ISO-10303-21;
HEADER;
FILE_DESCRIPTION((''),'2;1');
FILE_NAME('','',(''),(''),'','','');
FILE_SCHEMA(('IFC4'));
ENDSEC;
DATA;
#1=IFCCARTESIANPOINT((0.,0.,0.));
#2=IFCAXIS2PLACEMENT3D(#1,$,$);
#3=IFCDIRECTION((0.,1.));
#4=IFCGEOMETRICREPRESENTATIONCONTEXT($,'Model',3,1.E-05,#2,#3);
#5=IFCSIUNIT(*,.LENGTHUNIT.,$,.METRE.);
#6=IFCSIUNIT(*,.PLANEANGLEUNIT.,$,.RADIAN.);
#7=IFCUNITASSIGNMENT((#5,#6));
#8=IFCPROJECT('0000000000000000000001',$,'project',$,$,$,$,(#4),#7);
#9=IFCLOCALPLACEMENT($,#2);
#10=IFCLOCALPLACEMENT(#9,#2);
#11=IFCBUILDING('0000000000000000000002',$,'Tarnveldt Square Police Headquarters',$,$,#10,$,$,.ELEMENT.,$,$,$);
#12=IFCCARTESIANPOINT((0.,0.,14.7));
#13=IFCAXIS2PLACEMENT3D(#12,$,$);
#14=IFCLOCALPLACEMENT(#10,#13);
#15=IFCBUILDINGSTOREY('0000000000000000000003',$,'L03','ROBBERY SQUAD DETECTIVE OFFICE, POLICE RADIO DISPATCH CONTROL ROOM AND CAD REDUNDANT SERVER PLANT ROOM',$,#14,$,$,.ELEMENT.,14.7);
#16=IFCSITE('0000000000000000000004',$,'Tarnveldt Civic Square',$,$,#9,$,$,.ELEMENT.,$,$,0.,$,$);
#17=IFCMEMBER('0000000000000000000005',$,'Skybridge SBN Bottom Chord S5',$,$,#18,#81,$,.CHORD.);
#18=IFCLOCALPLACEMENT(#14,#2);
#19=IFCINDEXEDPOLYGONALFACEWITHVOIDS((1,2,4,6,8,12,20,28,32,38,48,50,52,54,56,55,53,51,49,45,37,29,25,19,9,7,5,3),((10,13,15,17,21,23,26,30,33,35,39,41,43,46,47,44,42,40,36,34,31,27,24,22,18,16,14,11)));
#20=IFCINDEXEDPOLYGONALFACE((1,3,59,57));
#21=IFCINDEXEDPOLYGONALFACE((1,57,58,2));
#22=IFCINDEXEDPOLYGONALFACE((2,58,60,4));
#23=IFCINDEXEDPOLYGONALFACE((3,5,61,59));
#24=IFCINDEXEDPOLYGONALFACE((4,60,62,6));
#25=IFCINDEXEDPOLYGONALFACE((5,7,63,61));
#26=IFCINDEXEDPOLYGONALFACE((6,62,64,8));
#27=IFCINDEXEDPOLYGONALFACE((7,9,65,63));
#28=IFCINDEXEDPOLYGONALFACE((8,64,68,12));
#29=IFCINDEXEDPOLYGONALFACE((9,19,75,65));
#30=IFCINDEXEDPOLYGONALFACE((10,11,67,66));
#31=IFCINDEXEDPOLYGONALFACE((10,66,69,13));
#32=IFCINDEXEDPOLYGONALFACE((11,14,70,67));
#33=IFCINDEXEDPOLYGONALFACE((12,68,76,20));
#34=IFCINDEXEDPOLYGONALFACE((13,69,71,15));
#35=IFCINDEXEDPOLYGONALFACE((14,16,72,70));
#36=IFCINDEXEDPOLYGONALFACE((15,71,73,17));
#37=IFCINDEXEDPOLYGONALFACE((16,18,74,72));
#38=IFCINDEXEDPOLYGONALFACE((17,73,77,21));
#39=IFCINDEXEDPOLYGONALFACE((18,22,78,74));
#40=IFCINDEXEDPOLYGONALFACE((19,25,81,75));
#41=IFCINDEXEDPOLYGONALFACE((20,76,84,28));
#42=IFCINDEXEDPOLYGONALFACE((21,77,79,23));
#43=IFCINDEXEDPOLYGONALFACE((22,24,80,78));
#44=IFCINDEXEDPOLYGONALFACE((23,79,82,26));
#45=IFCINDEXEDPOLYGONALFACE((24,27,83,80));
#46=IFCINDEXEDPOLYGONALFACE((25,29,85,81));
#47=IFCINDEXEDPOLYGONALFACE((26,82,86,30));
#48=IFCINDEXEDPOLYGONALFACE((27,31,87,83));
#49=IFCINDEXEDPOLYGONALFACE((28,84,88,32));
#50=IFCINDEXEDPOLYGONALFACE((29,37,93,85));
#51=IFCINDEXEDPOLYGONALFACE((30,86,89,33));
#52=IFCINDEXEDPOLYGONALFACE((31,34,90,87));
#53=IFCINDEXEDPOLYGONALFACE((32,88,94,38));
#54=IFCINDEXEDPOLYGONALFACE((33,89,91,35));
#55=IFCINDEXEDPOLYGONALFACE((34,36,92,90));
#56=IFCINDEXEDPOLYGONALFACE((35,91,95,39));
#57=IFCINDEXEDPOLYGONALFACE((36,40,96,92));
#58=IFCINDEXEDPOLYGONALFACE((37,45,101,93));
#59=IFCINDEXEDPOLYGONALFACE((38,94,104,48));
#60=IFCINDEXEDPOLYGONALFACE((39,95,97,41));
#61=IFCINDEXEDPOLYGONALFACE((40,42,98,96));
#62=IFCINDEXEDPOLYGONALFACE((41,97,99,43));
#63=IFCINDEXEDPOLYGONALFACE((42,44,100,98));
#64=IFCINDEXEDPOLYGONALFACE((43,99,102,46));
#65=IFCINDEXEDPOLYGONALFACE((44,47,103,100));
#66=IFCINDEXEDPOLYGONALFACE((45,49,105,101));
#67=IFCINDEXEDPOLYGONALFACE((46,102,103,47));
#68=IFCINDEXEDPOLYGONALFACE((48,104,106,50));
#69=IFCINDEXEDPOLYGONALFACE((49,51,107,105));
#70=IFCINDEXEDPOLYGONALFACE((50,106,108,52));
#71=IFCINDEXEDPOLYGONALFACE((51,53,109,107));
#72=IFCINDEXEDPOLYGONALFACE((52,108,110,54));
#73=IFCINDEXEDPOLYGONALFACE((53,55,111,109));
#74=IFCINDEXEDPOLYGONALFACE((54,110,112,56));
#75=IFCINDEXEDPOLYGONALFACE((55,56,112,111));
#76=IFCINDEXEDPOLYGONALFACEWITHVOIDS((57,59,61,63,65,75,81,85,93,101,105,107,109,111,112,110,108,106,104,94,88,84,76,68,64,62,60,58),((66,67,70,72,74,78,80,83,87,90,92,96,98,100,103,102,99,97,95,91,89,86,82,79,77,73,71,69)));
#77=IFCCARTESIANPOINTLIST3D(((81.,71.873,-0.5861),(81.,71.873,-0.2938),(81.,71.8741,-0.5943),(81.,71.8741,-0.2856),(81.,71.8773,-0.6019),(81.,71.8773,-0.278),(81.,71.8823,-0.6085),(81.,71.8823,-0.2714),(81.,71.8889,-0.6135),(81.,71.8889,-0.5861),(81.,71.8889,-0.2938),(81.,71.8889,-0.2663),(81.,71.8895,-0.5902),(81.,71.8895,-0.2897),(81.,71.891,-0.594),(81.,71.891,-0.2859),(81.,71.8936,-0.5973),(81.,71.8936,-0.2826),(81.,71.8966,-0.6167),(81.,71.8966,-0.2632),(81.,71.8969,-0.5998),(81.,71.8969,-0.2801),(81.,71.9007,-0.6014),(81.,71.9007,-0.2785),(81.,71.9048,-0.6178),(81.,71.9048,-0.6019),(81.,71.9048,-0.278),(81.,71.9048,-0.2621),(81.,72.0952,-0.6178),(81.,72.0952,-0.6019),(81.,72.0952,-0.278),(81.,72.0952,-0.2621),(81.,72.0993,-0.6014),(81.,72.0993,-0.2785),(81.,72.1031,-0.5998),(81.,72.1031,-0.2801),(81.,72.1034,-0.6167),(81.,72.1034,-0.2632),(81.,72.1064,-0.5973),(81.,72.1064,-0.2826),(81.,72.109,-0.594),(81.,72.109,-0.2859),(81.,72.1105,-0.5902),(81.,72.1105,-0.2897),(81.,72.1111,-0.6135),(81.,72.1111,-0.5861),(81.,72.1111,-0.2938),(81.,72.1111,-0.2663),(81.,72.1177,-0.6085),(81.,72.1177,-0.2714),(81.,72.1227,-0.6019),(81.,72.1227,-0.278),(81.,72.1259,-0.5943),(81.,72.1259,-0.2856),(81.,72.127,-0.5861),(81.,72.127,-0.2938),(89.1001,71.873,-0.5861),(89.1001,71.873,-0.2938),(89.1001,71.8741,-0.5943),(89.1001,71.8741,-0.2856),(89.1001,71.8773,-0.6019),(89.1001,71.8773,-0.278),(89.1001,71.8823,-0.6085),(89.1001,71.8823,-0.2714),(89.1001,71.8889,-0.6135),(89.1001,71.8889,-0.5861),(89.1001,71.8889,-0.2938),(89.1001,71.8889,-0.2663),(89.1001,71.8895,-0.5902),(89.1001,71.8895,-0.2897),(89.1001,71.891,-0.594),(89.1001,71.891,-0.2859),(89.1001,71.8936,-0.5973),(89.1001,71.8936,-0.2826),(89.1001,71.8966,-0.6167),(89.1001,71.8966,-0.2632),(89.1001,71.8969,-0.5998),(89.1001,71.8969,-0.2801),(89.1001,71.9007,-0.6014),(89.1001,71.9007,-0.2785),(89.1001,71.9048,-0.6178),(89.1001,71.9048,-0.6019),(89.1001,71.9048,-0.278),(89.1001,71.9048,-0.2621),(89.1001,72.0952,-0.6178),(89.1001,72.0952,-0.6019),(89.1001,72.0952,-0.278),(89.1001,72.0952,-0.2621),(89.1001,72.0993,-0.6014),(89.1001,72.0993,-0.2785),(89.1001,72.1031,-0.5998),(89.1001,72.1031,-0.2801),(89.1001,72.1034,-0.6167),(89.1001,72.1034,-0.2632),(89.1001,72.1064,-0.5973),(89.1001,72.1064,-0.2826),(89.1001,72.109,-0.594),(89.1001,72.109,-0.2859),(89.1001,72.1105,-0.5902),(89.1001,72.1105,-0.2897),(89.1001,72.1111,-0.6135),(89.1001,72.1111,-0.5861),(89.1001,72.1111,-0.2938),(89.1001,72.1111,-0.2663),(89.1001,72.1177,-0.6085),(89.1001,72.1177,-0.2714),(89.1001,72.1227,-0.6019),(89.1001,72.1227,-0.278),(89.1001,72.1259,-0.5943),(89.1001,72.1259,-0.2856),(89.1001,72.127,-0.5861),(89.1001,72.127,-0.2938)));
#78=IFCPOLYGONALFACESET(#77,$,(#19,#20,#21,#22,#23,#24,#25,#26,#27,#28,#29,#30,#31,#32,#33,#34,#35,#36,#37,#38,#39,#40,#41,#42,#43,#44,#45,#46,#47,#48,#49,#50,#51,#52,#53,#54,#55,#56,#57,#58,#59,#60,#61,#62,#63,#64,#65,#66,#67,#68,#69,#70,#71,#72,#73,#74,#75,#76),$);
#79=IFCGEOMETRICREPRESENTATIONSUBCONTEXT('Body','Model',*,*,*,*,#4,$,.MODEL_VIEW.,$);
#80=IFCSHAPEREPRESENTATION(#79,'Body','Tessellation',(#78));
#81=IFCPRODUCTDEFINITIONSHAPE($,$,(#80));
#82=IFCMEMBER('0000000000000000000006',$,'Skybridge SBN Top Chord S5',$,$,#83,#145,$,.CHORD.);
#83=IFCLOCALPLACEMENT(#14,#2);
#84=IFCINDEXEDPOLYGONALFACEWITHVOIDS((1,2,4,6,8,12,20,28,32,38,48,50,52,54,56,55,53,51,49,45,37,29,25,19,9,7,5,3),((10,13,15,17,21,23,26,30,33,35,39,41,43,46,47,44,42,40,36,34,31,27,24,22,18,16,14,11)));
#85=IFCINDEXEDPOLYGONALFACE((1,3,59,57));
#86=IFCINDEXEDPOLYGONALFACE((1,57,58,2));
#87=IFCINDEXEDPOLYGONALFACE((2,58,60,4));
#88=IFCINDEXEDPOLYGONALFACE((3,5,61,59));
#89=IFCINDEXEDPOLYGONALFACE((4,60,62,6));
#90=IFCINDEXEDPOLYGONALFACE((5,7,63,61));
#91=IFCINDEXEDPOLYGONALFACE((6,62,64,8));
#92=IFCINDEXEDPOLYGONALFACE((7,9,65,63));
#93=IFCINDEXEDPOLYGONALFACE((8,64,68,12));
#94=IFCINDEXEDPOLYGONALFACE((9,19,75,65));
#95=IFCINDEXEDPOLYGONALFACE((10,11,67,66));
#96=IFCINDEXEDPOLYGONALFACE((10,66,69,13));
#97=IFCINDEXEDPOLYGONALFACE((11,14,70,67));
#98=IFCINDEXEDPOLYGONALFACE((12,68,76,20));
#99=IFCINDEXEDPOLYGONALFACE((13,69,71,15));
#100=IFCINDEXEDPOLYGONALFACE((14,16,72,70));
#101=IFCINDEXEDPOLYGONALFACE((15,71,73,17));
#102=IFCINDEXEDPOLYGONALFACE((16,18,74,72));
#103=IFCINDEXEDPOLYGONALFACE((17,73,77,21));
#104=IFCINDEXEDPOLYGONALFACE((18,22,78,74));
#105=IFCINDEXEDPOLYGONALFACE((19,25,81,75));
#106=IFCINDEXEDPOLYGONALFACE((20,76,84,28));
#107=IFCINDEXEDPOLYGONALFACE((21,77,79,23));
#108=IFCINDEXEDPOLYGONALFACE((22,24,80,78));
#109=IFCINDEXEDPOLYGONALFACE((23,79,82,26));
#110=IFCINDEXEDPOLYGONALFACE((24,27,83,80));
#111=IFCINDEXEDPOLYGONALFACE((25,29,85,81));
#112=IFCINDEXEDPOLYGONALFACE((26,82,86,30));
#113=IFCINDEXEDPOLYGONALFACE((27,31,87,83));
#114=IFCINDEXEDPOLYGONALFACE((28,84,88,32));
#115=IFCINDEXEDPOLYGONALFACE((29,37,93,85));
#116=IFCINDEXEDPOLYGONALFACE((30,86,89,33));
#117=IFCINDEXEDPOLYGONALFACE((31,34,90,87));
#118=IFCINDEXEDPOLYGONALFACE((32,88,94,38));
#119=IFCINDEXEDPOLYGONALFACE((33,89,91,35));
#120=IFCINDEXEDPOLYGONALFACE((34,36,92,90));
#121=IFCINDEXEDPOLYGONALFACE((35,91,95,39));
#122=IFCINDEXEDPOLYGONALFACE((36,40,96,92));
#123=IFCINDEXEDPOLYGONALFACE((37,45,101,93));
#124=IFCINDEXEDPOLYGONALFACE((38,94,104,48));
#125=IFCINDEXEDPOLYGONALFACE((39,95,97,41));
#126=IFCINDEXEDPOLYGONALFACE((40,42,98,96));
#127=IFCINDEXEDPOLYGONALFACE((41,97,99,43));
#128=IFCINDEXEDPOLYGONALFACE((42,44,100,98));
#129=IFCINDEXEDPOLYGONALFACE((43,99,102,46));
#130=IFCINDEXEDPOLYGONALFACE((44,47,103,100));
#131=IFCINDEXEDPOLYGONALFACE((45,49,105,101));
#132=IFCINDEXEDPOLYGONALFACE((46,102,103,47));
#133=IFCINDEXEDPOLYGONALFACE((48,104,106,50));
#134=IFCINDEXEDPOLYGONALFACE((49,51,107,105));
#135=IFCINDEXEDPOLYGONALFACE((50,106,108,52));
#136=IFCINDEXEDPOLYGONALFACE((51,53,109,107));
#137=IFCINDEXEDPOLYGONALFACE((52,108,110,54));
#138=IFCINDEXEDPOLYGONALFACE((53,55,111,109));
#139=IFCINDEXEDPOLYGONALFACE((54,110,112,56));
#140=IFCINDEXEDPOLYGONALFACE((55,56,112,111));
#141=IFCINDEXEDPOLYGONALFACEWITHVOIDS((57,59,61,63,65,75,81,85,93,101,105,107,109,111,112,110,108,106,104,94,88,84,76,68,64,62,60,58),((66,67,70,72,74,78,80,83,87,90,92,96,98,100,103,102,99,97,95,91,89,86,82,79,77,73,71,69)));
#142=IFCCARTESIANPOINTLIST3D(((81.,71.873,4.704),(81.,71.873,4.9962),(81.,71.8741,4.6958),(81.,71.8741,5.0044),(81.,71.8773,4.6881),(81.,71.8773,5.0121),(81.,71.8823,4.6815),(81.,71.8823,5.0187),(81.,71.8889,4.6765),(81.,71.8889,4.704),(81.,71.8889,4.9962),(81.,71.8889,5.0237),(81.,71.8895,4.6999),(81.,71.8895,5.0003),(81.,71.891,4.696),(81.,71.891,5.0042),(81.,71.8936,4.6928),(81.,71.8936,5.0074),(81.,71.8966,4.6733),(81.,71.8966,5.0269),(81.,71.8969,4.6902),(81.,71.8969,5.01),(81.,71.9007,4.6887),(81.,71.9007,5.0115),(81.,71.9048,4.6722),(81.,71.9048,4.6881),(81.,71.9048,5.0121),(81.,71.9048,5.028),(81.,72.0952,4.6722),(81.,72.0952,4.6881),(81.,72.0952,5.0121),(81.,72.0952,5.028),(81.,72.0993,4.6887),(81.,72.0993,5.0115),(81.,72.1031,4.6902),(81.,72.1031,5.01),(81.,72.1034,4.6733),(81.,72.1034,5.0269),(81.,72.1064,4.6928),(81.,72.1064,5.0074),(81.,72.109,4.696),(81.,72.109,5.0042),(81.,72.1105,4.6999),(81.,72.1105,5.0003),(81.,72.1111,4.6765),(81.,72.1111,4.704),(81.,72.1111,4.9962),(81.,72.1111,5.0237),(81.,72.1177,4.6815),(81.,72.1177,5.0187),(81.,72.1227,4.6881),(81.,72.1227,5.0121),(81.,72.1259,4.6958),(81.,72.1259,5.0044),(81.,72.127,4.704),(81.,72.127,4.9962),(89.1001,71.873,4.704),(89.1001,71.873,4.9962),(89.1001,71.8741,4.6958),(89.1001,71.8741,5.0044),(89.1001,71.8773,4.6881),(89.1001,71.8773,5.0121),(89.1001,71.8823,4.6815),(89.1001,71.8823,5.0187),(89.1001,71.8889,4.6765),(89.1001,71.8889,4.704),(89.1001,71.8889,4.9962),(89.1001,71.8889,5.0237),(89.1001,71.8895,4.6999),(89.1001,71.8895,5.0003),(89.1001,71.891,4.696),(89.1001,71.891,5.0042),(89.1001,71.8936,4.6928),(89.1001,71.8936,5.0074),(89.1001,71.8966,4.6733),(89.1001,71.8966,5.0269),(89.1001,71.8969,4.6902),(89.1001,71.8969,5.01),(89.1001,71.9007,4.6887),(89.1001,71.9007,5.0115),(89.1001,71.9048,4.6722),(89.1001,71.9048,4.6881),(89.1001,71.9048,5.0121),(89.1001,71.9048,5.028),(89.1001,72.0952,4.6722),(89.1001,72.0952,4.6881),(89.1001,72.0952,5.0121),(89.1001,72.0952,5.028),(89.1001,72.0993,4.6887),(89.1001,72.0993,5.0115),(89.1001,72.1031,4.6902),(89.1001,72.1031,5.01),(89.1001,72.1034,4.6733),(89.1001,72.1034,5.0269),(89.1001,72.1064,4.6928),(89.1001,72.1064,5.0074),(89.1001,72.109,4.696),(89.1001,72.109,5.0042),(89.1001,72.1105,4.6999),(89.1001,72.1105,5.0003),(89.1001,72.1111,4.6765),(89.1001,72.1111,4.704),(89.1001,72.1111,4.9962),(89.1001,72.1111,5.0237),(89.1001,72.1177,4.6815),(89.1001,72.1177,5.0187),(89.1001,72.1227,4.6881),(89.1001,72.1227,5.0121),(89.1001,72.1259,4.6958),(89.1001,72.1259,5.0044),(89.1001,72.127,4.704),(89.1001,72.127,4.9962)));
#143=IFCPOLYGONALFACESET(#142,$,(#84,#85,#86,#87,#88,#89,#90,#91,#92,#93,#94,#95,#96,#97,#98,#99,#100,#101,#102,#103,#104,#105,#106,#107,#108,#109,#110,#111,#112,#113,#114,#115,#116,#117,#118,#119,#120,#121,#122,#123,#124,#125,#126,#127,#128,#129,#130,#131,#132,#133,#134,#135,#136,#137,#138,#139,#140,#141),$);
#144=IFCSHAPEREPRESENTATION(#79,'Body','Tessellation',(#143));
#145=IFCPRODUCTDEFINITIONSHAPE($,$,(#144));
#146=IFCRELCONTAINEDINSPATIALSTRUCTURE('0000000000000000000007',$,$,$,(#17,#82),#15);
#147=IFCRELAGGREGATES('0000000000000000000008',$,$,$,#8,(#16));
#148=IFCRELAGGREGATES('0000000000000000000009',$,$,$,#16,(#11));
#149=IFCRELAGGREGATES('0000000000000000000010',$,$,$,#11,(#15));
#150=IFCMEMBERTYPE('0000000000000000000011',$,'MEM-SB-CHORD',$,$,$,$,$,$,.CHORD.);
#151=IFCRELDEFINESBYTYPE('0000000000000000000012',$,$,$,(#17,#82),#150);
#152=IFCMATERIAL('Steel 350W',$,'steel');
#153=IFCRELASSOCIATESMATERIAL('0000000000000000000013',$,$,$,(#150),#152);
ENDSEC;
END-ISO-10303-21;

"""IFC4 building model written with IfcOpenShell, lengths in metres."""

from ifc_helpers import new_model, si_unit, direction, frame, origin, origin_2d, place, context, subcontext, project, spatial, hollow_rectangle, extrude, material, material_profile, profile_set, type_object, element, save


model = new_model("IFC4")

# Units and contexts
model_context = context("Model", 3, precision=1e-05, world=origin(), true_north=direction((0.0, 1.0)))
body_context = subcontext(model_context, "Body", "Model", "MODEL_VIEW")
ifc_project = project(units=[si_unit("LENGTHUNIT", "METRE"), si_unit("PLANEANGLEUNIT", "RADIAN")], contexts=[model_context])

# Site, building, storey
site_placement = place(None, origin())
site = spatial("IfcSite", under=ifc_project, at=site_placement, Name="Tarnveldt Civic Square", CompositionType="ELEMENT", RefElevation=0.0)
building_placement = place(site_placement, origin())
building = spatial("IfcBuilding", under=site, at=building_placement, Name="Tarnveldt Square Police Headquarters", CompositionType="ELEMENT")
storey_placement = place(building_placement, frame((0.0, 0.0, 14.7)))
storey = spatial("IfcBuildingStorey", under=building, at=storey_placement, Name="L03", Description="ROBBERY SQUAD DETECTIVE OFFICE, POLICE RADIO DISPATCH CONTROL ROOM AND CAD REDUNDANT SERVER PLANT ROOM", CompositionType="ELEMENT", Elevation=14.7)

# Shared definitions
ifc_material_1 = material(Name="Steel 350W", Category="steel")

# Members
ifc_material_profile_1 = material_profile(ifc_material_1, hollow_rectangle(XDim=0.2539, YDim=0.3557, WallThickness=0.0159, InnerFilletRadius=0.0159, OuterFilletRadius=0.0317, at=origin_2d()), Name="HSS356x254x16")
ifc_profile_set_1 = profile_set([ifc_material_profile_1], Name="Steel 350W")
member_type_1 = type_object("IfcMemberType", Name="MEM-SB-CHORD", PredefinedType="CHORD", material=ifc_profile_set_1)
for number, where, z_axis, x_axis, name in (
    (1, (81.0, 72.0, -0.4399), (1.0, 0.0, 0.0), (0.0, 1.0, 0.0), "Skybridge SBN Bottom Chord S5"),
    (2, (81.0, 72.0, 4.8501), (1.0, 0.0, 0.0), (0.0, 1.0, 0.0), "Skybridge SBN Top Chord S5"),
):
    element("IfcMember", number, at=place(storey_placement, frame(where, z_axis=z_axis, x_axis=x_axis)), inside=storey, type_object=member_type_1, Name=name, PredefinedType="CHORD", context=body_context, shape_type="SweptSolid", body=[
        extrude(hollow_rectangle(XDim=0.2539, YDim=0.3557, WallThickness=0.0159, InnerFilletRadius=0.0159, OuterFilletRadius=0.0317, at=origin_2d()), origin(), (0.0, 0.0, 1.0), 8.1001),
    ])

save(model, "model.ifc")
